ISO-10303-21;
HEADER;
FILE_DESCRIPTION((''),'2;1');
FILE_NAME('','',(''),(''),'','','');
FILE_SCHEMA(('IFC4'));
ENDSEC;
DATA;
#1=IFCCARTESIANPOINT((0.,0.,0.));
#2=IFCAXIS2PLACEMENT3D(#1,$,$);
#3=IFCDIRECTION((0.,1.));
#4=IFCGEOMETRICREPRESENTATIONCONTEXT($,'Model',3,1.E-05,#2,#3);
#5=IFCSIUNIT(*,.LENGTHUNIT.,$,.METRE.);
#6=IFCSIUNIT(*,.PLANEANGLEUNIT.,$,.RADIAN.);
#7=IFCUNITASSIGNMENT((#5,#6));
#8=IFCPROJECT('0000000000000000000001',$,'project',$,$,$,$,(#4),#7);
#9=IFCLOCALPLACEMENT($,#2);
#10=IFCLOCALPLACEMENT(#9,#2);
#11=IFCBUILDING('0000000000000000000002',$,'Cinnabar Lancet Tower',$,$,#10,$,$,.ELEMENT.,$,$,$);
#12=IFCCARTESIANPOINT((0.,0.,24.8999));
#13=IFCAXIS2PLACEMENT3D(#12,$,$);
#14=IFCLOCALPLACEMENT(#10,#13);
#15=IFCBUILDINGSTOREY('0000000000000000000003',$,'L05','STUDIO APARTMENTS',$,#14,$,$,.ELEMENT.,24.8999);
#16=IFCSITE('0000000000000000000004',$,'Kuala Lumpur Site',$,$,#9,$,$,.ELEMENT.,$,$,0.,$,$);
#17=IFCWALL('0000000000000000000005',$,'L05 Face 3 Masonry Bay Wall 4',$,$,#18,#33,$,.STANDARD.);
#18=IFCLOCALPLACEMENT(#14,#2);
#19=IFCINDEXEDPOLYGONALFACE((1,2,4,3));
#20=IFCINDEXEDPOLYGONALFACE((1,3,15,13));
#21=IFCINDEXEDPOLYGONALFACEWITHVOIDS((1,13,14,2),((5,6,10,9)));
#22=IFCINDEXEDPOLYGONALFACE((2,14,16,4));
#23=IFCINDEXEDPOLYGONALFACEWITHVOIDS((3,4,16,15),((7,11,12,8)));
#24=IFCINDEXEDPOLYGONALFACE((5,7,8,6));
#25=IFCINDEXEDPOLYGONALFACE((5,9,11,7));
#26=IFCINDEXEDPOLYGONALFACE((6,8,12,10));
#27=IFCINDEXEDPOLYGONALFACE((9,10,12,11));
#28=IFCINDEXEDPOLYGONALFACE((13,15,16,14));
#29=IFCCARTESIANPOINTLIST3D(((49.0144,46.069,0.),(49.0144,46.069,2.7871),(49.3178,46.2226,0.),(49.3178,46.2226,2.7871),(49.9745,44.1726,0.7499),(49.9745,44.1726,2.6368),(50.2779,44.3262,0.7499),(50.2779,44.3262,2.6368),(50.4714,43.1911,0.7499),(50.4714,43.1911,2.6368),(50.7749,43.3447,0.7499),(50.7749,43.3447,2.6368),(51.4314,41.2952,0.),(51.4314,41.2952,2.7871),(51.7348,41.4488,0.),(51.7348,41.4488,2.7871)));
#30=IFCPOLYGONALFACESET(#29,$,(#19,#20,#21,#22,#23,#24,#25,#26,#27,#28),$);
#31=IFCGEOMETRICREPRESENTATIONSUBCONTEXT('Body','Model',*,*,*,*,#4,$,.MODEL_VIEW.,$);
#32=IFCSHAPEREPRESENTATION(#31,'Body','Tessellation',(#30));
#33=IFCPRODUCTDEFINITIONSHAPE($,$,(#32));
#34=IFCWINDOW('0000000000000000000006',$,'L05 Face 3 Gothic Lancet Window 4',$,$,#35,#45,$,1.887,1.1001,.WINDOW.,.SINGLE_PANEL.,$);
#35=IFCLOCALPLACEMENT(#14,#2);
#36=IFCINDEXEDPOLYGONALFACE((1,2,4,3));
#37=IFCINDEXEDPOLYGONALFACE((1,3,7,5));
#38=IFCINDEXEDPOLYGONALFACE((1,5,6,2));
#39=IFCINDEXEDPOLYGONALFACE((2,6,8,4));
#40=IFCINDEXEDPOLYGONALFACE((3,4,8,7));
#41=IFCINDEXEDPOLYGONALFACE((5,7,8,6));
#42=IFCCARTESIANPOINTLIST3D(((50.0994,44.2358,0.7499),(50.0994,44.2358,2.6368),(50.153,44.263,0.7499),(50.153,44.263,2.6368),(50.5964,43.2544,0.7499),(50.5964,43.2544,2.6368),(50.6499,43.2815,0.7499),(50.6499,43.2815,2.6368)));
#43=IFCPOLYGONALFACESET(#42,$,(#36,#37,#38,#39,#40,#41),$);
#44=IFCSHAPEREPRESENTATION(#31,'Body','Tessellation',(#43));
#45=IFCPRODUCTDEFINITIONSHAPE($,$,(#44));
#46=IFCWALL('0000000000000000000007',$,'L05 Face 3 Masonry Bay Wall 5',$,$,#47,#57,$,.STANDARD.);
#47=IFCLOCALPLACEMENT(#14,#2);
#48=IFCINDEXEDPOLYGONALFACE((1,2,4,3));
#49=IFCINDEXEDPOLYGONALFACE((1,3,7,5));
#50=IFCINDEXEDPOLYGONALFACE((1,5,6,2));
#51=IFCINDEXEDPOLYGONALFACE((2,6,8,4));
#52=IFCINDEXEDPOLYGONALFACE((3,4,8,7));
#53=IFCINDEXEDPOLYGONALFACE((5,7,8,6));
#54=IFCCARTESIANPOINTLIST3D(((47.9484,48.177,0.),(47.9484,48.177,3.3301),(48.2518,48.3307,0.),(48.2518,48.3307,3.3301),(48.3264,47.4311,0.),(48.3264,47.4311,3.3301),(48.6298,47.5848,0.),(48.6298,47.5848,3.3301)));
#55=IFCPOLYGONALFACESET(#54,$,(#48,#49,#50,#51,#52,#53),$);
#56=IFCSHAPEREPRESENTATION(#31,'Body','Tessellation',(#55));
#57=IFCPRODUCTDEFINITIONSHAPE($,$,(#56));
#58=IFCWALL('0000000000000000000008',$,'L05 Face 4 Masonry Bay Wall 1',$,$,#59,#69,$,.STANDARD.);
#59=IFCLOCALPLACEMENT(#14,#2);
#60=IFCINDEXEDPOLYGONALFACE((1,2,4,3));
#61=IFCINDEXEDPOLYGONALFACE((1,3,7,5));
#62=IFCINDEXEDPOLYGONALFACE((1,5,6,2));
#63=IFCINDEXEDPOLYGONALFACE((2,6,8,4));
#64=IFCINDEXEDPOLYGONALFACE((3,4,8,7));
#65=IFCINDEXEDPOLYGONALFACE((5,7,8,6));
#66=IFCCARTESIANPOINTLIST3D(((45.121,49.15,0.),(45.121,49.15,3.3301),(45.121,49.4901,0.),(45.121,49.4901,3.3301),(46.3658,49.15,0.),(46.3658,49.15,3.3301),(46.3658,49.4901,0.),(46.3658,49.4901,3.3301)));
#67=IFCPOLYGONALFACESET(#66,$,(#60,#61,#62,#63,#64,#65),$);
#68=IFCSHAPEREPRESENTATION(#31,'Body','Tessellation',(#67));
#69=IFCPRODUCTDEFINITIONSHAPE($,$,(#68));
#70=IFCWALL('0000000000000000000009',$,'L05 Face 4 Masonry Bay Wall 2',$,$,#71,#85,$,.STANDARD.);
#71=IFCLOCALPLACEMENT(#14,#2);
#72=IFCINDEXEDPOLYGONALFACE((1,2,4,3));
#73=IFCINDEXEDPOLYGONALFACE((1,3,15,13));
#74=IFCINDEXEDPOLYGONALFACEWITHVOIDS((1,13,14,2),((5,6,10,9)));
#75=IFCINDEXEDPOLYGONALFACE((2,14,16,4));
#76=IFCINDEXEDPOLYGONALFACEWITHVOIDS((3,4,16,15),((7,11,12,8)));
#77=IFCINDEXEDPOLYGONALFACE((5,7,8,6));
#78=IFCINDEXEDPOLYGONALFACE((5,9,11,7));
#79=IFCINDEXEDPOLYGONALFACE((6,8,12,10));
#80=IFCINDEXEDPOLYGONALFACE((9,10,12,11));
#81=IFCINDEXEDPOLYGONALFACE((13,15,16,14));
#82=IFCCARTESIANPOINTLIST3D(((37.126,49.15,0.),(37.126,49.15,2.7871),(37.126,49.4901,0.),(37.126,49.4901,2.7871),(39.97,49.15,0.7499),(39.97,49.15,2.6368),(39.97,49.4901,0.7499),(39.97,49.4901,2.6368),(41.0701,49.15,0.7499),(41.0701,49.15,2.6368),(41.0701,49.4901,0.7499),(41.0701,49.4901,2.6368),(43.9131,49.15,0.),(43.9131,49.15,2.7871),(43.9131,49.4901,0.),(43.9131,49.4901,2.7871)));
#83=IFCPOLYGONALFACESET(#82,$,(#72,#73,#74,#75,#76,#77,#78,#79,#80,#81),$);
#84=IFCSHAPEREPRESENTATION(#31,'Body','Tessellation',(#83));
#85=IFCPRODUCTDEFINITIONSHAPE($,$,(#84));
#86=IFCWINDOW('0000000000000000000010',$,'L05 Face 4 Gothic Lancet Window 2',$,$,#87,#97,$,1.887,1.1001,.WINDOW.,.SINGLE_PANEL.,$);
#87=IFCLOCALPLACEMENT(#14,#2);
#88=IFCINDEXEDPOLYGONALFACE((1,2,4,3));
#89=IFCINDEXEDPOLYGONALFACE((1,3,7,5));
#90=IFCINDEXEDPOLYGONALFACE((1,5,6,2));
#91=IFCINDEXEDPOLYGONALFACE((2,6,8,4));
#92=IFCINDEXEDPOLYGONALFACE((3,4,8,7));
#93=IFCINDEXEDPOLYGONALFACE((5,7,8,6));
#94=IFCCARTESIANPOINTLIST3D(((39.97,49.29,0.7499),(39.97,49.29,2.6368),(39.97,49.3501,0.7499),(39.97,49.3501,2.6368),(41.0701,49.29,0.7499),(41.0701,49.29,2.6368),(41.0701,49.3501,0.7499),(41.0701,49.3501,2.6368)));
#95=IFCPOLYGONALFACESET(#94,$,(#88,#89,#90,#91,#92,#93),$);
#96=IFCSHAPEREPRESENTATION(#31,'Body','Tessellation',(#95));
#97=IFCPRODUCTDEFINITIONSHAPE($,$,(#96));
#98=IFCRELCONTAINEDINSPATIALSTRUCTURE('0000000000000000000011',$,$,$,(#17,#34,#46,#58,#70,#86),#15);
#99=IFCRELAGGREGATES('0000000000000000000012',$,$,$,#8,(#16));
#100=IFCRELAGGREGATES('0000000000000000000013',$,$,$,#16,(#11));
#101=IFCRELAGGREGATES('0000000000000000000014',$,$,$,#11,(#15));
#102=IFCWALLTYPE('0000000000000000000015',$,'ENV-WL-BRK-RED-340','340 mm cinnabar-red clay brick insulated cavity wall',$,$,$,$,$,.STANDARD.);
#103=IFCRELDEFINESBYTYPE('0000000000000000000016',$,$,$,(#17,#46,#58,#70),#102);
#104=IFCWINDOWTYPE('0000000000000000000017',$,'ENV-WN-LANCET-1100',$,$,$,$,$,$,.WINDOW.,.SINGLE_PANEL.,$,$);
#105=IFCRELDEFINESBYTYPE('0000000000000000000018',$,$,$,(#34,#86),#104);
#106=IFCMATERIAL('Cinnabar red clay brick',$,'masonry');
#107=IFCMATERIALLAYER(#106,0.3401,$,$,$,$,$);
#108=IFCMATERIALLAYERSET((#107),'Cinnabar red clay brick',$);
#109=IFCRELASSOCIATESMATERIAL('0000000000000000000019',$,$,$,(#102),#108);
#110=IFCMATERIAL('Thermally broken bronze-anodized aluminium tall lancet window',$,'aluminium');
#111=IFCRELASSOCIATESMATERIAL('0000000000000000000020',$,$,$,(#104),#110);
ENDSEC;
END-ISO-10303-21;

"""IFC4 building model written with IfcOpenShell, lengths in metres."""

from ifc_helpers import new_model, si_unit, direction, frame, frame_2d, origin, place, context, subcontext, project, spatial, rectangle, extrude, material, layer, layer_set, type_object, element, fill, save


model = new_model("IFC4")

# Units and contexts
model_context = context("Model", 3, precision=1e-05, world=origin(), true_north=direction((0.0, 1.0)))
body_context = subcontext(model_context, "Body", "Model", "MODEL_VIEW")
ifc_project = project(units=[si_unit("LENGTHUNIT", "METRE"), si_unit("PLANEANGLEUNIT", "RADIAN")], contexts=[model_context])

# Site, building, storey
site_placement = place(None, origin())
site = spatial("IfcSite", under=ifc_project, at=site_placement, Name="Kuala Lumpur Site", CompositionType="ELEMENT", RefElevation=0.0)
building_placement = place(site_placement, origin())
building = spatial("IfcBuilding", under=site, at=building_placement, Name="Cinnabar Lancet Tower", CompositionType="ELEMENT")
storey_placement = place(building_placement, frame((0.0, 0.0, 24.8999)))
storey = spatial("IfcBuildingStorey", under=building, at=storey_placement, Name="L05", Description="STUDIO APARTMENTS", CompositionType="ELEMENT", Elevation=24.8999)

# Shared definitions
ifc_material_1 = material(Name="Cinnabar red clay brick", Category="masonry")
ifc_layer_1 = layer(ifc_material_1, 0.3401)
ifc_layer_set_1 = layer_set([ifc_layer_1], Name="Cinnabar red clay brick")
wall_type_1 = type_object("IfcWallType", Name="ENV-WL-BRK-RED-340", Description="340 mm cinnabar-red clay brick insulated cavity wall", PredefinedType="STANDARD", material=ifc_layer_set_1)

# Wall, opening, window
wall_1_placement = place(storey_placement, frame((51.583, 41.3721, 0.0), z_axis=(0.0, 0.0, 1.0), x_axis=(-0.451698, 0.892171, 0.0)))
wall_1 = element("IfcWall", 1, at=wall_1_placement, inside=storey, type_object=wall_type_1, Name="L05 Face 3 Masonry Bay Wall 4", PredefinedType="STANDARD", context=body_context, shape_type="SweptSolid", body=[
    extrude(rectangle(XDim=5.3508, YDim=0.3401, at=frame_2d((2.6753, 0.0))), origin(), (0.0, 0.0, 1.0), 2.7871),
])
opening_1_placement = place(wall_1_placement, frame((2.125, 0.0, 0.75)))
opening_1 = element("IfcOpeningElement", 2, at=opening_1_placement, cuts=wall_1, PredefinedType="OPENING", context=body_context, shape_type="SweptSolid", body=[
    extrude(rectangle(XDim=1.1001, YDim=1.887, at=frame_2d((0.55, 0.9434))), frame((0.0, 0.1799, 0.0), z_axis=(0.0, -1.0, 0.0), x_axis=(1.0, 0.0, 0.0)), (0.0, 0.0, 1.0), 0.3601),
])
ifc_material_2 = material(Name="Thermally broken bronze-anodized aluminium tall lancet window", Category="aluminium")
window_type = type_object("IfcWindowType", Name="ENV-WN-LANCET-1100", PartitioningType="SINGLE_PANEL", PredefinedType="WINDOW", material=ifc_material_2)
window_1_placement = place(opening_1_placement, origin())
window_1 = element("IfcWindow", 3, at=window_1_placement, inside=storey, type_object=window_type, Name="L05 Face 3 Gothic Lancet Window 4", OverallHeight=1.887, OverallWidth=1.1001, PartitioningType="SINGLE_PANEL", PredefinedType="WINDOW", context=body_context, shape_type="SweptSolid", body=[
    extrude(rectangle(XDim=1.1001, YDim=1.887, at=frame_2d((0.55, 0.9434))), frame((0.0, 0.03, 0.0), z_axis=(0.0, -1.0, 0.0), x_axis=(1.0, 0.0, 0.0)), (0.0, 0.0, 1.0), 0.0601),
])
fill(opening_1, window_1)

# Walls
wall_2_placement = place(storey_placement, frame((48.478, 47.5081, 0.0), z_axis=(0.0, 0.0, 1.0), x_axis=(-0.451996, 0.89202, 0.0)))
element("IfcWall", 4, at=wall_2_placement, inside=storey, type_object=wall_type_1, Name="L05 Face 3 Masonry Bay Wall 5", PredefinedType="STANDARD", context=body_context, shape_type="SweptSolid", body=[
    extrude(rectangle(XDim=0.8362, YDim=0.3401, at=frame_2d((0.418, 0.0))), origin(), (0.0, 0.0, 1.0), 3.3301),
])
wall_3_placement = place(storey_placement, frame((46.366, 49.3201, 0.0), z_axis=(0.0, 0.0, 1.0), x_axis=(-1.0, 0.0, 0.0)))
element("IfcWall", 5, at=wall_3_placement, inside=storey, type_object=wall_type_1, Name="L05 Face 4 Masonry Bay Wall 1", PredefinedType="STANDARD", context=body_context, shape_type="SweptSolid", body=[
    extrude(rectangle(XDim=1.2449, YDim=0.3401, at=frame_2d((0.6226, 0.0))), origin(), (0.0, 0.0, 1.0), 3.3301),
])

# Wall, opening, window
wall_4_placement = place(storey_placement, frame((43.9131, 49.3201, 0.0), z_axis=(0.0, 0.0, 1.0), x_axis=(-1.0, 0.0, 0.0)))
wall_4 = element("IfcWall", 6, at=wall_4_placement, inside=storey, type_object=wall_type_1, Name="L05 Face 4 Masonry Bay Wall 2", PredefinedType="STANDARD", context=body_context, shape_type="SweptSolid", body=[
    extrude(rectangle(XDim=6.7871, YDim=0.3401, at=frame_2d((3.3936, 0.0))), origin(), (0.0, 0.0, 1.0), 2.7871),
])
opening_2_placement = place(wall_4_placement, frame((2.843, 0.0, 0.75)))
opening_2 = element("IfcOpeningElement", 7, at=opening_2_placement, cuts=wall_4, PredefinedType="OPENING", context=body_context, shape_type="SweptSolid", body=[
    extrude(rectangle(XDim=1.1001, YDim=1.887, at=frame_2d((0.55, 0.9434))), frame((0.0, 0.1799, 0.0), z_axis=(0.0, -1.0, 0.0), x_axis=(1.0, 0.0, 0.0)), (0.0, 0.0, 1.0), 0.3601),
])
window_2_placement = place(opening_2_placement, origin())
window_2 = element("IfcWindow", 8, at=window_2_placement, inside=storey, type_object=window_type, Name="L05 Face 4 Gothic Lancet Window 2", OverallHeight=1.887, OverallWidth=1.1001, PartitioningType="SINGLE_PANEL", PredefinedType="WINDOW", context=body_context, shape_type="SweptSolid", body=[
    extrude(rectangle(XDim=1.1001, YDim=1.887, at=frame_2d((0.55, 0.9434))), frame((0.0, 0.03, 0.0), z_axis=(0.0, -1.0, 0.0), x_axis=(1.0, 0.0, 0.0)), (0.0, 0.0, 1.0), 0.0601),
])
fill(opening_2, window_2)

save(model, "model.ifc")
